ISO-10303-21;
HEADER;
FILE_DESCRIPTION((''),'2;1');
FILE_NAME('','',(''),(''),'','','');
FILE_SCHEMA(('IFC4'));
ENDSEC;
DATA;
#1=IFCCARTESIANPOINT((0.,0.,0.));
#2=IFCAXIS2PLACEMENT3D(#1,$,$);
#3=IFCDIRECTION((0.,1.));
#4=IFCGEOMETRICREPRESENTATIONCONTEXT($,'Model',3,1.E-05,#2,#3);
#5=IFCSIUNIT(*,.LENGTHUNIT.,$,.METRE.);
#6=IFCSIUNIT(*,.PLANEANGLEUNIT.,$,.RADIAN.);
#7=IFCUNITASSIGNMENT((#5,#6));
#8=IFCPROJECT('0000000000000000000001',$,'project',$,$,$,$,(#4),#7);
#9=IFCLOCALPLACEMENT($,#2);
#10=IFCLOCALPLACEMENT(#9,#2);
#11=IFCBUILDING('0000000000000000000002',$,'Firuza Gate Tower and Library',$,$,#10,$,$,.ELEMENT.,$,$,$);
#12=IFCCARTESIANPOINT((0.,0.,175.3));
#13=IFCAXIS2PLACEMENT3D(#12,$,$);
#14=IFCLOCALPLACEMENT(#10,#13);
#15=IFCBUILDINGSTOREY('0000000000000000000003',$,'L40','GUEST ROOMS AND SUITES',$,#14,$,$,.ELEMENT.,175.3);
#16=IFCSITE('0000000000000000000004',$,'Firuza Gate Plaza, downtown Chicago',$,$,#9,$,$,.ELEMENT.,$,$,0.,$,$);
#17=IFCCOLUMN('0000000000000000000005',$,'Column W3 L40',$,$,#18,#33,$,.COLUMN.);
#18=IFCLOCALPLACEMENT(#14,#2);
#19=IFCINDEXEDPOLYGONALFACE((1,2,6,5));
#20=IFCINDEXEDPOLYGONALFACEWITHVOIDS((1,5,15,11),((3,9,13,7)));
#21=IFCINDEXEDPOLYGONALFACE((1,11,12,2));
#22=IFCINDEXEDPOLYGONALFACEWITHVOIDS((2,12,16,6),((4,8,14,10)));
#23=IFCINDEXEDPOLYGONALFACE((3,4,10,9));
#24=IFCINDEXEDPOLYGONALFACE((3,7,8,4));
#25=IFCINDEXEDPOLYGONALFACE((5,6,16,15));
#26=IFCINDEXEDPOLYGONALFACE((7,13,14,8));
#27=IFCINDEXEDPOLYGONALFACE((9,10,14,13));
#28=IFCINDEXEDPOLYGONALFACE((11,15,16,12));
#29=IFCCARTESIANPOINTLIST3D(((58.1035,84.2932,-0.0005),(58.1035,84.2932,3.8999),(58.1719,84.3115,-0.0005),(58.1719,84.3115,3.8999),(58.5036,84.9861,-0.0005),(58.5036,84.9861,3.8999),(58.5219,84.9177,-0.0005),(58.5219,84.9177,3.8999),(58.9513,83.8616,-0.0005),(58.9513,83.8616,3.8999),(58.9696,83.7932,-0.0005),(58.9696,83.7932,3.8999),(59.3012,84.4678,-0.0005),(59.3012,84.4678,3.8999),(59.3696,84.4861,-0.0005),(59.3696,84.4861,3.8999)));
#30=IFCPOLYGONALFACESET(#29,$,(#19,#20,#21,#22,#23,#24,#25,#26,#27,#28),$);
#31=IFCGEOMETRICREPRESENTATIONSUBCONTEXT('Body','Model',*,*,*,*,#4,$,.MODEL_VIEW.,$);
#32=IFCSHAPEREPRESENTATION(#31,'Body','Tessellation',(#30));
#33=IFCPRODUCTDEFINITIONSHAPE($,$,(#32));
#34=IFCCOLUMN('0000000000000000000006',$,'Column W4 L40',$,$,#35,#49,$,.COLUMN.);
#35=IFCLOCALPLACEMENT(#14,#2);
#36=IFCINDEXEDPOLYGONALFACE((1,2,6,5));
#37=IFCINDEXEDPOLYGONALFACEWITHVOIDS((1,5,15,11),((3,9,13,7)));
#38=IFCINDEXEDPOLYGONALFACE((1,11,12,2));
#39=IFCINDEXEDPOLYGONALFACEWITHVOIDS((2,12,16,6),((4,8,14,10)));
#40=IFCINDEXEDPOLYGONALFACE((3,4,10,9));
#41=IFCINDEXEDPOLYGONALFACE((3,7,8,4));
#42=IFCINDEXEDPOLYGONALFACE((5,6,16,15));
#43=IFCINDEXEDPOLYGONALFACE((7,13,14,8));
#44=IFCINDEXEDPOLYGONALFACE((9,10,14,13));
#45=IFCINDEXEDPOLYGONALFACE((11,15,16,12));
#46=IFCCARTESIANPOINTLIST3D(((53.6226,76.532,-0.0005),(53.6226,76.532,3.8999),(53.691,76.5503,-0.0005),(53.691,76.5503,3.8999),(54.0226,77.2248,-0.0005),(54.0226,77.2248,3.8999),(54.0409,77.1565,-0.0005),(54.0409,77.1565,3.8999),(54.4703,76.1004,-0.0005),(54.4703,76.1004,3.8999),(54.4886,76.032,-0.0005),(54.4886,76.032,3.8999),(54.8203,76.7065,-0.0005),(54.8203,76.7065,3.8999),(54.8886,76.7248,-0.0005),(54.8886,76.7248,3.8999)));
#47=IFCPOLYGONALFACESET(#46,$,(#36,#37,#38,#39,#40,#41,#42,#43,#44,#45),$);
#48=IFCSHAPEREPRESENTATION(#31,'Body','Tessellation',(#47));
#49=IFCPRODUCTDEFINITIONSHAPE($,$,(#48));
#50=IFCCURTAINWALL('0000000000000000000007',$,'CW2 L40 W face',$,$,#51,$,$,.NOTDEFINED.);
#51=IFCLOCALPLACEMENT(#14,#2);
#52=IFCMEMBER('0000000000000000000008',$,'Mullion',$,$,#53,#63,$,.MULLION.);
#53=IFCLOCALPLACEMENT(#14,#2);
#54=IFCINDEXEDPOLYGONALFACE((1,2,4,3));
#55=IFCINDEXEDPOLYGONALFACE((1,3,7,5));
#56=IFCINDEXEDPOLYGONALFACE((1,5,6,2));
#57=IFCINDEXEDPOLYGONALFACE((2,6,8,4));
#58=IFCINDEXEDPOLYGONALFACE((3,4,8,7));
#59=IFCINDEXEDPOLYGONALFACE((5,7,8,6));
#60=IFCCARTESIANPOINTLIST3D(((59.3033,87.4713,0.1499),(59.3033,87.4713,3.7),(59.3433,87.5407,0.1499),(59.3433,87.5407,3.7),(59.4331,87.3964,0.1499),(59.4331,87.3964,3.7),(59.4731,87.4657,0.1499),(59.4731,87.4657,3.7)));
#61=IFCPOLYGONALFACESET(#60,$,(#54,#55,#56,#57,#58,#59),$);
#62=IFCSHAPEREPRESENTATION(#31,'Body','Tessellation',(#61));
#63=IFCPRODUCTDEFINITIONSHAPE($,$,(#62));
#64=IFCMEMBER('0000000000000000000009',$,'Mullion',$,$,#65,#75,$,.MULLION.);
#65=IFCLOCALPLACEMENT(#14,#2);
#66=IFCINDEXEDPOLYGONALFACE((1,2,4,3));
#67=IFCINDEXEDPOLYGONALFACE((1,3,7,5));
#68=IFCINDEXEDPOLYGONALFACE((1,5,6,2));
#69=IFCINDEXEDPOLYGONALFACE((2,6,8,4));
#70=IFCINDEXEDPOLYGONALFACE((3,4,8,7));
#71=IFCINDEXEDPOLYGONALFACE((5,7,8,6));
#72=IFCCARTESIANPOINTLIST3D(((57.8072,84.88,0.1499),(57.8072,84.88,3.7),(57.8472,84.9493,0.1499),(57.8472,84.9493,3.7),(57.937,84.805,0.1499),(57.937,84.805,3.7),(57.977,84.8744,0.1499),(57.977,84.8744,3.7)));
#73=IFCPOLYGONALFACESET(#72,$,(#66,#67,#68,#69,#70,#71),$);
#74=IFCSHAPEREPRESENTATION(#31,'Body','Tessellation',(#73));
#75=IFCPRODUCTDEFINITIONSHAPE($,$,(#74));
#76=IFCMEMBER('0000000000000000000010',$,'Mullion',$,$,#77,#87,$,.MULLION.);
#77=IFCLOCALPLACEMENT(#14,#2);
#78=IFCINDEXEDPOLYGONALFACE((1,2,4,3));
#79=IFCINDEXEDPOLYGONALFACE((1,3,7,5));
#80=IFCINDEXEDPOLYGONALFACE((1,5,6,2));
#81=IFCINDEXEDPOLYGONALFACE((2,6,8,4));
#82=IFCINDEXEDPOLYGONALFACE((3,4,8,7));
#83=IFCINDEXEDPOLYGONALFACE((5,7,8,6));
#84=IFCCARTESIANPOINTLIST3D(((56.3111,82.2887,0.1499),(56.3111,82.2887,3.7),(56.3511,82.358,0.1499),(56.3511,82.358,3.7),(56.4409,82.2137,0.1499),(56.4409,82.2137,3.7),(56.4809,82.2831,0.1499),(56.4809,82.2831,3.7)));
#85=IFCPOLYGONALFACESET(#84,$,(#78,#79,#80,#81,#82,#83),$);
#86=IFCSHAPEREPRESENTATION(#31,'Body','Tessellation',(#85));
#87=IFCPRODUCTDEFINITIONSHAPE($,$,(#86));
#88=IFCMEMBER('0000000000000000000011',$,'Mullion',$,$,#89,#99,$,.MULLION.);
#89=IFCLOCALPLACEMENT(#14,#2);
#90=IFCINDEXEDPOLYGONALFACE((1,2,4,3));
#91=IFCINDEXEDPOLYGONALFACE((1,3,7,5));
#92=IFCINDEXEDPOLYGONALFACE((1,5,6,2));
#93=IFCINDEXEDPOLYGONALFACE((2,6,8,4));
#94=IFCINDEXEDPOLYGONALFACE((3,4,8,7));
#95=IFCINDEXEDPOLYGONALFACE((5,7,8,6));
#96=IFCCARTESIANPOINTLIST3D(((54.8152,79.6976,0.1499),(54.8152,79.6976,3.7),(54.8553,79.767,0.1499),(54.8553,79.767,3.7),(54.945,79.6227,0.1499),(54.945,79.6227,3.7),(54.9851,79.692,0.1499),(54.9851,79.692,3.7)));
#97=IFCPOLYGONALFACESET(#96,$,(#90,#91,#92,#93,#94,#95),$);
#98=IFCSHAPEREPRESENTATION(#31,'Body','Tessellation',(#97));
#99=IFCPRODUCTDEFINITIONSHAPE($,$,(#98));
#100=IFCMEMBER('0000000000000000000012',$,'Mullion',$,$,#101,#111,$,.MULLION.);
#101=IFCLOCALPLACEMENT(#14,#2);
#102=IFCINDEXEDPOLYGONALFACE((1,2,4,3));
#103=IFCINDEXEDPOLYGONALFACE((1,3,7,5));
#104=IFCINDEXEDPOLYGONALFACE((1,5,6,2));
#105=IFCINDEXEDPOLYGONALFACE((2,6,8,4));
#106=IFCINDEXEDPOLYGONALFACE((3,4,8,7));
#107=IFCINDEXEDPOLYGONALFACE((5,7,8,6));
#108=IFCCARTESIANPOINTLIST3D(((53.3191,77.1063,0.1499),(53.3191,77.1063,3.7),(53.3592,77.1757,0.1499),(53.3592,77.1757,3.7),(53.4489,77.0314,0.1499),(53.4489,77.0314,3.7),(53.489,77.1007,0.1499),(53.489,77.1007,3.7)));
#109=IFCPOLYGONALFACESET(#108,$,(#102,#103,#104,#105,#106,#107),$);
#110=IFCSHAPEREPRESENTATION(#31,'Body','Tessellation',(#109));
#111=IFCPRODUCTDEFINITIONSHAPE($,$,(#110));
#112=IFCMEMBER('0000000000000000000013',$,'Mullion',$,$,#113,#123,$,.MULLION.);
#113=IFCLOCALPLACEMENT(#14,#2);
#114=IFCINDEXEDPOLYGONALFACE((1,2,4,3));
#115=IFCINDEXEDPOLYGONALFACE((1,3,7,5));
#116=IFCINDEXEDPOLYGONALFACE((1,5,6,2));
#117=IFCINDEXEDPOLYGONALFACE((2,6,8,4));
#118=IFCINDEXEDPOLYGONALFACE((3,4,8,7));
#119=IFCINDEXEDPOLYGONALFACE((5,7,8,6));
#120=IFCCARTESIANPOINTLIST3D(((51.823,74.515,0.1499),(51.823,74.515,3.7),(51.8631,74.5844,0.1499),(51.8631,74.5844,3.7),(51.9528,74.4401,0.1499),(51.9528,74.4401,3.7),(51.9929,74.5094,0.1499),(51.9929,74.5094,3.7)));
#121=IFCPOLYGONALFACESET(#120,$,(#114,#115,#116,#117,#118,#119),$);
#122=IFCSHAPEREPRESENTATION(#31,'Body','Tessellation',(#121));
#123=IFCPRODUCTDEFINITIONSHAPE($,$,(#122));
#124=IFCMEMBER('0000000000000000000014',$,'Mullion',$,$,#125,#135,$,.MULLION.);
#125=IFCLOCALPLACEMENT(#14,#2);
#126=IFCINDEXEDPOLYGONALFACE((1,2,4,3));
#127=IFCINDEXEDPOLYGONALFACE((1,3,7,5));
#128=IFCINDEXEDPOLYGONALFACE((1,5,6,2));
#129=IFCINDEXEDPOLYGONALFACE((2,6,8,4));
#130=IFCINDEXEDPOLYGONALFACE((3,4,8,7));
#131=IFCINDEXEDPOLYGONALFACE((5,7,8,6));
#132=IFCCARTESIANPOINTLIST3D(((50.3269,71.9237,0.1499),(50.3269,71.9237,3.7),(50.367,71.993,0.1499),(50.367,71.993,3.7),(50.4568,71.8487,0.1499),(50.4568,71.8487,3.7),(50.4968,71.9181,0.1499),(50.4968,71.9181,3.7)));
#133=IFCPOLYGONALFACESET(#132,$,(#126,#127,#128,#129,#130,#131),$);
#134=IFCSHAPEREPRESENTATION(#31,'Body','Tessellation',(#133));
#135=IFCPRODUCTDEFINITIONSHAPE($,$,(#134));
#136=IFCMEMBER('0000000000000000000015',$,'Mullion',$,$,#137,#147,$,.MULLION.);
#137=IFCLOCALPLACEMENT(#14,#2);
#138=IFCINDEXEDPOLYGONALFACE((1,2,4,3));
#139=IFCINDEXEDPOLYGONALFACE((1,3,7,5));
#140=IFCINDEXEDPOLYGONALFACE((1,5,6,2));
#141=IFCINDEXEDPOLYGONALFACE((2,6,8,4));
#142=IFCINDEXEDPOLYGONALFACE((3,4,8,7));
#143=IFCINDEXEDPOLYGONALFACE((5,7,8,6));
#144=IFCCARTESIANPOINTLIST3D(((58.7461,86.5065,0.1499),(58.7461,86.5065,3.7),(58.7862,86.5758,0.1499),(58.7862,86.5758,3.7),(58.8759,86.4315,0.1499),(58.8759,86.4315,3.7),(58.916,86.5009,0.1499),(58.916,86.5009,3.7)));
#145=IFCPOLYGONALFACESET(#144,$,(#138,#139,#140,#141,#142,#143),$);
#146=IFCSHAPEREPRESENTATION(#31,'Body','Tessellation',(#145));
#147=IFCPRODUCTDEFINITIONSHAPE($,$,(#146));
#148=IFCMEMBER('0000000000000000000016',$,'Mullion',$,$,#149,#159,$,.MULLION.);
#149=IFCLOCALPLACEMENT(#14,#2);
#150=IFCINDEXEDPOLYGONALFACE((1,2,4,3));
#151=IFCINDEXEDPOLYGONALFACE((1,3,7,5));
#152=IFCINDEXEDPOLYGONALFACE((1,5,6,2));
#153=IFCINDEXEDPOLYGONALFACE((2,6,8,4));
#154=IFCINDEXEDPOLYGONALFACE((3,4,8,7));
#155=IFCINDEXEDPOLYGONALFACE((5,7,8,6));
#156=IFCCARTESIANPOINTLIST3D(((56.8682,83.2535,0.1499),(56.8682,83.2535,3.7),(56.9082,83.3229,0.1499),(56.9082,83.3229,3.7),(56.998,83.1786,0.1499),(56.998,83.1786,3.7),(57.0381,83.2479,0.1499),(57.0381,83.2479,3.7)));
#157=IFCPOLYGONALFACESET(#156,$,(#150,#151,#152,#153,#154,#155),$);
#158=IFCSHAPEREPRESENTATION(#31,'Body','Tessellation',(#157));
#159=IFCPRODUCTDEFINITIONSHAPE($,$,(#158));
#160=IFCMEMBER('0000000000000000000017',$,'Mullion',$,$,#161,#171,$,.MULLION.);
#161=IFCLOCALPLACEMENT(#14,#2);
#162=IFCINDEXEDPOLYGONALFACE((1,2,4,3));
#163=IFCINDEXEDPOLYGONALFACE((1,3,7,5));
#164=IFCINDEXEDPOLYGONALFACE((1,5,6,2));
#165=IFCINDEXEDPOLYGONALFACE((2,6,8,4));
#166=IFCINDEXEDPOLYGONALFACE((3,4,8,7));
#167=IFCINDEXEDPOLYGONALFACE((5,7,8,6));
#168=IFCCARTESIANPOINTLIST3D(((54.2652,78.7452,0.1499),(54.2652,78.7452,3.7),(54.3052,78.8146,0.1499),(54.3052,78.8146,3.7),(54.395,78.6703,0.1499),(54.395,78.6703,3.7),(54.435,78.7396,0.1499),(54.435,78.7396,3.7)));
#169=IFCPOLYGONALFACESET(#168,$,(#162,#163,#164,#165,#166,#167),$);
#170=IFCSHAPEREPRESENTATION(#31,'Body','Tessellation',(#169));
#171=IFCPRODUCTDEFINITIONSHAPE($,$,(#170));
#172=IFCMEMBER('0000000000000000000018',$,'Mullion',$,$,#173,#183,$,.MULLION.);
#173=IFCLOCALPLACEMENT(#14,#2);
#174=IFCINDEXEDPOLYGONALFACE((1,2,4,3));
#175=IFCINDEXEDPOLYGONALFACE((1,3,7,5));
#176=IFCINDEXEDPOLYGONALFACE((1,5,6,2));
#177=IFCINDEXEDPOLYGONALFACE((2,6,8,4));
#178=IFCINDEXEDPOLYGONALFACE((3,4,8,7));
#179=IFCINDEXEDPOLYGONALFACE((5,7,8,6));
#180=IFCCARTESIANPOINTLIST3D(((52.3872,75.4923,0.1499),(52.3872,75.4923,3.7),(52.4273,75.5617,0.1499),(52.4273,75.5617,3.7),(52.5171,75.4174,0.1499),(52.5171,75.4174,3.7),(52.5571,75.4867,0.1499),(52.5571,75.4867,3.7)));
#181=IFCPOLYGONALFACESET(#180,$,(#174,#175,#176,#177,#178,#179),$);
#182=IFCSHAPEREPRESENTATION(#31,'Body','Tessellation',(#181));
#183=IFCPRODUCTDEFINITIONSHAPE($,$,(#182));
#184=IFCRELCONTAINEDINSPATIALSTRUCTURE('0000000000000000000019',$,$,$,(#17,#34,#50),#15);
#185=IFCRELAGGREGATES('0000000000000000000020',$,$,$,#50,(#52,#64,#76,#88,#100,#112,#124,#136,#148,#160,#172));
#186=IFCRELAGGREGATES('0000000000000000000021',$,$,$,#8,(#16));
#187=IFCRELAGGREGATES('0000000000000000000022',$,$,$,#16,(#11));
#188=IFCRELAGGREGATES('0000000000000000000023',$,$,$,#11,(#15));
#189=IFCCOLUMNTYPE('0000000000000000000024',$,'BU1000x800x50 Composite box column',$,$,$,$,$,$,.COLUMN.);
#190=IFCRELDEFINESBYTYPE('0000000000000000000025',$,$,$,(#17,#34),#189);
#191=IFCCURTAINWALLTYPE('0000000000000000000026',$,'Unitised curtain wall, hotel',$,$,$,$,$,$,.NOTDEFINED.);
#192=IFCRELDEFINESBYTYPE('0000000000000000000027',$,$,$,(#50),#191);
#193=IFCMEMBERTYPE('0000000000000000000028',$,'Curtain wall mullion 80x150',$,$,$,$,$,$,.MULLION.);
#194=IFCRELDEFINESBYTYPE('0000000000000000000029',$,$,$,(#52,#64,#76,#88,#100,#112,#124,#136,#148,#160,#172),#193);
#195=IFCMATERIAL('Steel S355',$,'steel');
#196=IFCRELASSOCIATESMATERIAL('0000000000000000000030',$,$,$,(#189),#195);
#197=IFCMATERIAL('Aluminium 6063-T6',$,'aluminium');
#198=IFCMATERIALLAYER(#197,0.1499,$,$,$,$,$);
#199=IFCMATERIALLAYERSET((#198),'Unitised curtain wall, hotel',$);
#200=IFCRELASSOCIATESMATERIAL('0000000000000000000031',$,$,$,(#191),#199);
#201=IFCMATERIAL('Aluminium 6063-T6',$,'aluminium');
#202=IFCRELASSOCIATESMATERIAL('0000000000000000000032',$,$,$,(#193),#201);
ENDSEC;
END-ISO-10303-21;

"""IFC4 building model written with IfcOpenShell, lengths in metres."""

from ifc_helpers import new_model, si_unit, direction, frame, origin, origin_2d, place, context, subcontext, project, spatial, rectangle, hollow_rectangle, extrude, material, layer, layer_set, material_profile, profile_set, type_object, element, aggregate, save


model = new_model("IFC4")

# Units and contexts
model_context = context("Model", 3, precision=1e-05, world=origin(), true_north=direction((0.0, 1.0)))
body_context = subcontext(model_context, "Body", "Model", "MODEL_VIEW")
ifc_project = project(units=[si_unit("LENGTHUNIT", "METRE"), si_unit("PLANEANGLEUNIT", "RADIAN")], contexts=[model_context])

# Site, building, storey
site_placement = place(None, origin())
site = spatial("IfcSite", under=ifc_project, at=site_placement, Name="Firuza Gate Plaza, downtown Chicago", CompositionType="ELEMENT", RefElevation=0.0)
building_placement = place(site_placement, origin())
building = spatial("IfcBuilding", under=site, at=building_placement, Name="Firuza Gate Tower and Library", CompositionType="ELEMENT")
storey_placement = place(building_placement, frame((0.0, 0.0, 175.3)))
storey = spatial("IfcBuildingStorey", under=building, at=storey_placement, Name="L40", Description="GUEST ROOMS AND SUITES", CompositionType="ELEMENT", Elevation=175.3)

# Columns
ifc_material_1 = material(Name="Steel S355", Category="steel")
ifc_material_profile_1 = material_profile(ifc_material_1, hollow_rectangle(XDim=0.8, YDim=1.0, WallThickness=0.05, at=origin_2d()))
ifc_profile_set_1 = profile_set([ifc_material_profile_1], Name="Steel S355")
column_type = type_object("IfcColumnType", Name="BU1000x800x50 Composite box column", PredefinedType="COLUMN", material=ifc_profile_set_1)
for number, where, z_axis, x_axis, name in (
    (1, (58.7366, 84.3896, -0.0005), (0.0, 0.0, 1.0), (-0.5, -0.866025, 0.0), "Column W3 L40"),
    (2, (54.2556, 76.6284, -0.0005), (0.0, 0.0, 1.0), (-0.5, -0.866025, 0.0), "Column W4 L40"),
):
    element("IfcColumn", number, at=place(storey_placement, frame(where, z_axis=z_axis, x_axis=x_axis)), inside=storey, type_object=column_type, Name=name, PredefinedType="COLUMN", context=body_context, shape_type="SweptSolid", body=[
        extrude(hollow_rectangle(XDim=0.8, YDim=1.0, WallThickness=0.05, at=origin_2d()), origin(), (0.0, 0.0, 1.0), 3.9004),
    ])

# Curtain wall, members
ifc_material_2 = material(Name="Aluminium 6063-T6", Category="aluminium")
ifc_layer_1 = layer(ifc_material_2, 0.1499)
ifc_layer_set_1 = layer_set([ifc_layer_1], Name="Unitised curtain wall, hotel")
curtain_wall_type = type_object("IfcCurtainWallType", Name="Unitised curtain wall, hotel", PredefinedType="NOTDEFINED", material=ifc_layer_set_1)
curtain_wall_placement = place(storey_placement, origin())
curtain_wall = element("IfcCurtainWall", 3, at=curtain_wall_placement, inside=storey, type_object=curtain_wall_type, Name="CW2 L40 W face", PredefinedType="NOTDEFINED")
ifc_material_3 = material(Name="Aluminium 6063-T6", Category="aluminium")
ifc_material_profile_2 = material_profile(ifc_material_3, rectangle(XDim=0.1499, YDim=0.0801, at=origin_2d()))
ifc_profile_set_2 = profile_set([ifc_material_profile_2], Name="Aluminium 6063-T6")
member_type = type_object("IfcMemberType", Name="Curtain wall mullion 80x150", PredefinedType="MULLION", material=ifc_profile_set_2)
member_1_placement = place(storey_placement, frame((59.3882, 87.4685, 0.1499), z_axis=(0.0, 0.0, 1.0), x_axis=(0.866025, -0.5, 0.0)))
member_1 = element("IfcMember", 4, at=member_1_placement, type_object=member_type, Name="Mullion", PredefinedType="MULLION", context=body_context, shape_type="SweptSolid", body=[
    extrude(rectangle(XDim=0.1499, YDim=0.0801, at=origin_2d()), origin(), (0.0, 0.0, 1.0), 3.55),
])
member_2_placement = place(storey_placement, frame((57.8921, 84.8772, 0.1499), z_axis=(0.0, 0.0, 1.0), x_axis=(0.866025, -0.5, 0.0)))
member_2 = element("IfcMember", 5, at=member_2_placement, type_object=member_type, Name="Mullion", PredefinedType="MULLION", context=body_context, shape_type="SweptSolid", body=[
    extrude(rectangle(XDim=0.1499, YDim=0.0801, at=origin_2d()), origin(), (0.0, 0.0, 1.0), 3.55),
])
member_3_placement = place(storey_placement, frame((56.396, 82.2859, 0.1499), z_axis=(0.0, 0.0, 1.0), x_axis=(0.866025, -0.5, 0.0)))
member_3 = element("IfcMember", 6, at=member_3_placement, type_object=member_type, Name="Mullion", PredefinedType="MULLION", context=body_context, shape_type="SweptSolid", body=[
    extrude(rectangle(XDim=0.1499, YDim=0.0801, at=origin_2d()), origin(), (0.0, 0.0, 1.0), 3.55),
])
member_4_placement = place(storey_placement, frame((54.9001, 79.6948, 0.1499), z_axis=(0.0, 0.0, 1.0), x_axis=(0.866025, -0.5, 0.0)))
member_4 = element("IfcMember", 7, at=member_4_placement, type_object=member_type, Name="Mullion", PredefinedType="MULLION", context=body_context, shape_type="SweptSolid", body=[
    extrude(rectangle(XDim=0.1499, YDim=0.0801, at=origin_2d()), origin(), (0.0, 0.0, 1.0), 3.55),
])
member_5_placement = place(storey_placement, frame((53.4041, 77.1035, 0.1499), z_axis=(0.0, 0.0, 1.0), x_axis=(0.866025, -0.5, 0.0)))
member_5 = element("IfcMember", 8, at=member_5_placement, type_object=member_type, Name="Mullion", PredefinedType="MULLION", context=body_context, shape_type="SweptSolid", body=[
    extrude(rectangle(XDim=0.1499, YDim=0.0801, at=origin_2d()), origin(), (0.0, 0.0, 1.0), 3.55),
])
member_6_placement = place(storey_placement, frame((51.908, 74.5122, 0.1499), z_axis=(0.0, 0.0, 1.0), x_axis=(0.866025, -0.5, 0.0)))
member_6 = element("IfcMember", 9, at=member_6_placement, type_object=member_type, Name="Mullion", PredefinedType="MULLION", context=body_context, shape_type="SweptSolid", body=[
    extrude(rectangle(XDim=0.1499, YDim=0.0801, at=origin_2d()), origin(), (0.0, 0.0, 1.0), 3.55),
])
member_7_placement = place(storey_placement, frame((50.4119, 71.9209, 0.1499), z_axis=(0.0, 0.0, 1.0), x_axis=(0.866025, -0.5, 0.0)))
member_7 = element("IfcMember", 10, at=member_7_placement, type_object=member_type, Name="Mullion", PredefinedType="MULLION", context=body_context, shape_type="SweptSolid", body=[
    extrude(rectangle(XDim=0.1499, YDim=0.0801, at=origin_2d()), origin(), (0.0, 0.0, 1.0), 3.55),
])
member_8_placement = place(storey_placement, frame((58.8311, 86.5037, 0.1499), z_axis=(0.0, 0.0, 1.0), x_axis=(0.866025, -0.5, 0.0)))
member_8 = element("IfcMember", 11, at=member_8_placement, type_object=member_type, Name="Mullion", PredefinedType="MULLION", context=body_context, shape_type="SweptSolid", body=[
    extrude(rectangle(XDim=0.1499, YDim=0.0801, at=origin_2d()), origin(), (0.0, 0.0, 1.0), 3.55),
])
member_9_placement = place(storey_placement, frame((56.9531, 83.2507, 0.1499), z_axis=(0.0, 0.0, 1.0), x_axis=(0.866025, -0.5, 0.0)))
member_9 = element("IfcMember", 12, at=member_9_placement, type_object=member_type, Name="Mullion", PredefinedType="MULLION", context=body_context, shape_type="SweptSolid", body=[
    extrude(rectangle(XDim=0.1499, YDim=0.0801, at=origin_2d()), origin(), (0.0, 0.0, 1.0), 3.55),
])
member_10_placement = place(storey_placement, frame((54.3501, 78.7424, 0.1499), z_axis=(0.0, 0.0, 1.0), x_axis=(0.866025, -0.5, 0.0)))
member_10 = element("IfcMember", 13, at=member_10_placement, type_object=member_type, Name="Mullion", PredefinedType="MULLION", context=body_context, shape_type="SweptSolid", body=[
    extrude(rectangle(XDim=0.1499, YDim=0.0801, at=origin_2d()), origin(), (0.0, 0.0, 1.0), 3.55),
])
member_11_placement = place(storey_placement, frame((52.4722, 75.4895, 0.1499), z_axis=(0.0, 0.0, 1.0), x_axis=(0.866025, -0.5, 0.0)))
member_11 = element("IfcMember", 14, at=member_11_placement, type_object=member_type, Name="Mullion", PredefinedType="MULLION", context=body_context, shape_type="SweptSolid", body=[
    extrude(rectangle(XDim=0.1499, YDim=0.0801, at=origin_2d()), origin(), (0.0, 0.0, 1.0), 3.55),
])

aggregate(curtain_wall, [member_1, member_2, member_3, member_4, member_5, member_6, member_7, member_8, member_9, member_10, member_11])

save(model, "model.ifc")
